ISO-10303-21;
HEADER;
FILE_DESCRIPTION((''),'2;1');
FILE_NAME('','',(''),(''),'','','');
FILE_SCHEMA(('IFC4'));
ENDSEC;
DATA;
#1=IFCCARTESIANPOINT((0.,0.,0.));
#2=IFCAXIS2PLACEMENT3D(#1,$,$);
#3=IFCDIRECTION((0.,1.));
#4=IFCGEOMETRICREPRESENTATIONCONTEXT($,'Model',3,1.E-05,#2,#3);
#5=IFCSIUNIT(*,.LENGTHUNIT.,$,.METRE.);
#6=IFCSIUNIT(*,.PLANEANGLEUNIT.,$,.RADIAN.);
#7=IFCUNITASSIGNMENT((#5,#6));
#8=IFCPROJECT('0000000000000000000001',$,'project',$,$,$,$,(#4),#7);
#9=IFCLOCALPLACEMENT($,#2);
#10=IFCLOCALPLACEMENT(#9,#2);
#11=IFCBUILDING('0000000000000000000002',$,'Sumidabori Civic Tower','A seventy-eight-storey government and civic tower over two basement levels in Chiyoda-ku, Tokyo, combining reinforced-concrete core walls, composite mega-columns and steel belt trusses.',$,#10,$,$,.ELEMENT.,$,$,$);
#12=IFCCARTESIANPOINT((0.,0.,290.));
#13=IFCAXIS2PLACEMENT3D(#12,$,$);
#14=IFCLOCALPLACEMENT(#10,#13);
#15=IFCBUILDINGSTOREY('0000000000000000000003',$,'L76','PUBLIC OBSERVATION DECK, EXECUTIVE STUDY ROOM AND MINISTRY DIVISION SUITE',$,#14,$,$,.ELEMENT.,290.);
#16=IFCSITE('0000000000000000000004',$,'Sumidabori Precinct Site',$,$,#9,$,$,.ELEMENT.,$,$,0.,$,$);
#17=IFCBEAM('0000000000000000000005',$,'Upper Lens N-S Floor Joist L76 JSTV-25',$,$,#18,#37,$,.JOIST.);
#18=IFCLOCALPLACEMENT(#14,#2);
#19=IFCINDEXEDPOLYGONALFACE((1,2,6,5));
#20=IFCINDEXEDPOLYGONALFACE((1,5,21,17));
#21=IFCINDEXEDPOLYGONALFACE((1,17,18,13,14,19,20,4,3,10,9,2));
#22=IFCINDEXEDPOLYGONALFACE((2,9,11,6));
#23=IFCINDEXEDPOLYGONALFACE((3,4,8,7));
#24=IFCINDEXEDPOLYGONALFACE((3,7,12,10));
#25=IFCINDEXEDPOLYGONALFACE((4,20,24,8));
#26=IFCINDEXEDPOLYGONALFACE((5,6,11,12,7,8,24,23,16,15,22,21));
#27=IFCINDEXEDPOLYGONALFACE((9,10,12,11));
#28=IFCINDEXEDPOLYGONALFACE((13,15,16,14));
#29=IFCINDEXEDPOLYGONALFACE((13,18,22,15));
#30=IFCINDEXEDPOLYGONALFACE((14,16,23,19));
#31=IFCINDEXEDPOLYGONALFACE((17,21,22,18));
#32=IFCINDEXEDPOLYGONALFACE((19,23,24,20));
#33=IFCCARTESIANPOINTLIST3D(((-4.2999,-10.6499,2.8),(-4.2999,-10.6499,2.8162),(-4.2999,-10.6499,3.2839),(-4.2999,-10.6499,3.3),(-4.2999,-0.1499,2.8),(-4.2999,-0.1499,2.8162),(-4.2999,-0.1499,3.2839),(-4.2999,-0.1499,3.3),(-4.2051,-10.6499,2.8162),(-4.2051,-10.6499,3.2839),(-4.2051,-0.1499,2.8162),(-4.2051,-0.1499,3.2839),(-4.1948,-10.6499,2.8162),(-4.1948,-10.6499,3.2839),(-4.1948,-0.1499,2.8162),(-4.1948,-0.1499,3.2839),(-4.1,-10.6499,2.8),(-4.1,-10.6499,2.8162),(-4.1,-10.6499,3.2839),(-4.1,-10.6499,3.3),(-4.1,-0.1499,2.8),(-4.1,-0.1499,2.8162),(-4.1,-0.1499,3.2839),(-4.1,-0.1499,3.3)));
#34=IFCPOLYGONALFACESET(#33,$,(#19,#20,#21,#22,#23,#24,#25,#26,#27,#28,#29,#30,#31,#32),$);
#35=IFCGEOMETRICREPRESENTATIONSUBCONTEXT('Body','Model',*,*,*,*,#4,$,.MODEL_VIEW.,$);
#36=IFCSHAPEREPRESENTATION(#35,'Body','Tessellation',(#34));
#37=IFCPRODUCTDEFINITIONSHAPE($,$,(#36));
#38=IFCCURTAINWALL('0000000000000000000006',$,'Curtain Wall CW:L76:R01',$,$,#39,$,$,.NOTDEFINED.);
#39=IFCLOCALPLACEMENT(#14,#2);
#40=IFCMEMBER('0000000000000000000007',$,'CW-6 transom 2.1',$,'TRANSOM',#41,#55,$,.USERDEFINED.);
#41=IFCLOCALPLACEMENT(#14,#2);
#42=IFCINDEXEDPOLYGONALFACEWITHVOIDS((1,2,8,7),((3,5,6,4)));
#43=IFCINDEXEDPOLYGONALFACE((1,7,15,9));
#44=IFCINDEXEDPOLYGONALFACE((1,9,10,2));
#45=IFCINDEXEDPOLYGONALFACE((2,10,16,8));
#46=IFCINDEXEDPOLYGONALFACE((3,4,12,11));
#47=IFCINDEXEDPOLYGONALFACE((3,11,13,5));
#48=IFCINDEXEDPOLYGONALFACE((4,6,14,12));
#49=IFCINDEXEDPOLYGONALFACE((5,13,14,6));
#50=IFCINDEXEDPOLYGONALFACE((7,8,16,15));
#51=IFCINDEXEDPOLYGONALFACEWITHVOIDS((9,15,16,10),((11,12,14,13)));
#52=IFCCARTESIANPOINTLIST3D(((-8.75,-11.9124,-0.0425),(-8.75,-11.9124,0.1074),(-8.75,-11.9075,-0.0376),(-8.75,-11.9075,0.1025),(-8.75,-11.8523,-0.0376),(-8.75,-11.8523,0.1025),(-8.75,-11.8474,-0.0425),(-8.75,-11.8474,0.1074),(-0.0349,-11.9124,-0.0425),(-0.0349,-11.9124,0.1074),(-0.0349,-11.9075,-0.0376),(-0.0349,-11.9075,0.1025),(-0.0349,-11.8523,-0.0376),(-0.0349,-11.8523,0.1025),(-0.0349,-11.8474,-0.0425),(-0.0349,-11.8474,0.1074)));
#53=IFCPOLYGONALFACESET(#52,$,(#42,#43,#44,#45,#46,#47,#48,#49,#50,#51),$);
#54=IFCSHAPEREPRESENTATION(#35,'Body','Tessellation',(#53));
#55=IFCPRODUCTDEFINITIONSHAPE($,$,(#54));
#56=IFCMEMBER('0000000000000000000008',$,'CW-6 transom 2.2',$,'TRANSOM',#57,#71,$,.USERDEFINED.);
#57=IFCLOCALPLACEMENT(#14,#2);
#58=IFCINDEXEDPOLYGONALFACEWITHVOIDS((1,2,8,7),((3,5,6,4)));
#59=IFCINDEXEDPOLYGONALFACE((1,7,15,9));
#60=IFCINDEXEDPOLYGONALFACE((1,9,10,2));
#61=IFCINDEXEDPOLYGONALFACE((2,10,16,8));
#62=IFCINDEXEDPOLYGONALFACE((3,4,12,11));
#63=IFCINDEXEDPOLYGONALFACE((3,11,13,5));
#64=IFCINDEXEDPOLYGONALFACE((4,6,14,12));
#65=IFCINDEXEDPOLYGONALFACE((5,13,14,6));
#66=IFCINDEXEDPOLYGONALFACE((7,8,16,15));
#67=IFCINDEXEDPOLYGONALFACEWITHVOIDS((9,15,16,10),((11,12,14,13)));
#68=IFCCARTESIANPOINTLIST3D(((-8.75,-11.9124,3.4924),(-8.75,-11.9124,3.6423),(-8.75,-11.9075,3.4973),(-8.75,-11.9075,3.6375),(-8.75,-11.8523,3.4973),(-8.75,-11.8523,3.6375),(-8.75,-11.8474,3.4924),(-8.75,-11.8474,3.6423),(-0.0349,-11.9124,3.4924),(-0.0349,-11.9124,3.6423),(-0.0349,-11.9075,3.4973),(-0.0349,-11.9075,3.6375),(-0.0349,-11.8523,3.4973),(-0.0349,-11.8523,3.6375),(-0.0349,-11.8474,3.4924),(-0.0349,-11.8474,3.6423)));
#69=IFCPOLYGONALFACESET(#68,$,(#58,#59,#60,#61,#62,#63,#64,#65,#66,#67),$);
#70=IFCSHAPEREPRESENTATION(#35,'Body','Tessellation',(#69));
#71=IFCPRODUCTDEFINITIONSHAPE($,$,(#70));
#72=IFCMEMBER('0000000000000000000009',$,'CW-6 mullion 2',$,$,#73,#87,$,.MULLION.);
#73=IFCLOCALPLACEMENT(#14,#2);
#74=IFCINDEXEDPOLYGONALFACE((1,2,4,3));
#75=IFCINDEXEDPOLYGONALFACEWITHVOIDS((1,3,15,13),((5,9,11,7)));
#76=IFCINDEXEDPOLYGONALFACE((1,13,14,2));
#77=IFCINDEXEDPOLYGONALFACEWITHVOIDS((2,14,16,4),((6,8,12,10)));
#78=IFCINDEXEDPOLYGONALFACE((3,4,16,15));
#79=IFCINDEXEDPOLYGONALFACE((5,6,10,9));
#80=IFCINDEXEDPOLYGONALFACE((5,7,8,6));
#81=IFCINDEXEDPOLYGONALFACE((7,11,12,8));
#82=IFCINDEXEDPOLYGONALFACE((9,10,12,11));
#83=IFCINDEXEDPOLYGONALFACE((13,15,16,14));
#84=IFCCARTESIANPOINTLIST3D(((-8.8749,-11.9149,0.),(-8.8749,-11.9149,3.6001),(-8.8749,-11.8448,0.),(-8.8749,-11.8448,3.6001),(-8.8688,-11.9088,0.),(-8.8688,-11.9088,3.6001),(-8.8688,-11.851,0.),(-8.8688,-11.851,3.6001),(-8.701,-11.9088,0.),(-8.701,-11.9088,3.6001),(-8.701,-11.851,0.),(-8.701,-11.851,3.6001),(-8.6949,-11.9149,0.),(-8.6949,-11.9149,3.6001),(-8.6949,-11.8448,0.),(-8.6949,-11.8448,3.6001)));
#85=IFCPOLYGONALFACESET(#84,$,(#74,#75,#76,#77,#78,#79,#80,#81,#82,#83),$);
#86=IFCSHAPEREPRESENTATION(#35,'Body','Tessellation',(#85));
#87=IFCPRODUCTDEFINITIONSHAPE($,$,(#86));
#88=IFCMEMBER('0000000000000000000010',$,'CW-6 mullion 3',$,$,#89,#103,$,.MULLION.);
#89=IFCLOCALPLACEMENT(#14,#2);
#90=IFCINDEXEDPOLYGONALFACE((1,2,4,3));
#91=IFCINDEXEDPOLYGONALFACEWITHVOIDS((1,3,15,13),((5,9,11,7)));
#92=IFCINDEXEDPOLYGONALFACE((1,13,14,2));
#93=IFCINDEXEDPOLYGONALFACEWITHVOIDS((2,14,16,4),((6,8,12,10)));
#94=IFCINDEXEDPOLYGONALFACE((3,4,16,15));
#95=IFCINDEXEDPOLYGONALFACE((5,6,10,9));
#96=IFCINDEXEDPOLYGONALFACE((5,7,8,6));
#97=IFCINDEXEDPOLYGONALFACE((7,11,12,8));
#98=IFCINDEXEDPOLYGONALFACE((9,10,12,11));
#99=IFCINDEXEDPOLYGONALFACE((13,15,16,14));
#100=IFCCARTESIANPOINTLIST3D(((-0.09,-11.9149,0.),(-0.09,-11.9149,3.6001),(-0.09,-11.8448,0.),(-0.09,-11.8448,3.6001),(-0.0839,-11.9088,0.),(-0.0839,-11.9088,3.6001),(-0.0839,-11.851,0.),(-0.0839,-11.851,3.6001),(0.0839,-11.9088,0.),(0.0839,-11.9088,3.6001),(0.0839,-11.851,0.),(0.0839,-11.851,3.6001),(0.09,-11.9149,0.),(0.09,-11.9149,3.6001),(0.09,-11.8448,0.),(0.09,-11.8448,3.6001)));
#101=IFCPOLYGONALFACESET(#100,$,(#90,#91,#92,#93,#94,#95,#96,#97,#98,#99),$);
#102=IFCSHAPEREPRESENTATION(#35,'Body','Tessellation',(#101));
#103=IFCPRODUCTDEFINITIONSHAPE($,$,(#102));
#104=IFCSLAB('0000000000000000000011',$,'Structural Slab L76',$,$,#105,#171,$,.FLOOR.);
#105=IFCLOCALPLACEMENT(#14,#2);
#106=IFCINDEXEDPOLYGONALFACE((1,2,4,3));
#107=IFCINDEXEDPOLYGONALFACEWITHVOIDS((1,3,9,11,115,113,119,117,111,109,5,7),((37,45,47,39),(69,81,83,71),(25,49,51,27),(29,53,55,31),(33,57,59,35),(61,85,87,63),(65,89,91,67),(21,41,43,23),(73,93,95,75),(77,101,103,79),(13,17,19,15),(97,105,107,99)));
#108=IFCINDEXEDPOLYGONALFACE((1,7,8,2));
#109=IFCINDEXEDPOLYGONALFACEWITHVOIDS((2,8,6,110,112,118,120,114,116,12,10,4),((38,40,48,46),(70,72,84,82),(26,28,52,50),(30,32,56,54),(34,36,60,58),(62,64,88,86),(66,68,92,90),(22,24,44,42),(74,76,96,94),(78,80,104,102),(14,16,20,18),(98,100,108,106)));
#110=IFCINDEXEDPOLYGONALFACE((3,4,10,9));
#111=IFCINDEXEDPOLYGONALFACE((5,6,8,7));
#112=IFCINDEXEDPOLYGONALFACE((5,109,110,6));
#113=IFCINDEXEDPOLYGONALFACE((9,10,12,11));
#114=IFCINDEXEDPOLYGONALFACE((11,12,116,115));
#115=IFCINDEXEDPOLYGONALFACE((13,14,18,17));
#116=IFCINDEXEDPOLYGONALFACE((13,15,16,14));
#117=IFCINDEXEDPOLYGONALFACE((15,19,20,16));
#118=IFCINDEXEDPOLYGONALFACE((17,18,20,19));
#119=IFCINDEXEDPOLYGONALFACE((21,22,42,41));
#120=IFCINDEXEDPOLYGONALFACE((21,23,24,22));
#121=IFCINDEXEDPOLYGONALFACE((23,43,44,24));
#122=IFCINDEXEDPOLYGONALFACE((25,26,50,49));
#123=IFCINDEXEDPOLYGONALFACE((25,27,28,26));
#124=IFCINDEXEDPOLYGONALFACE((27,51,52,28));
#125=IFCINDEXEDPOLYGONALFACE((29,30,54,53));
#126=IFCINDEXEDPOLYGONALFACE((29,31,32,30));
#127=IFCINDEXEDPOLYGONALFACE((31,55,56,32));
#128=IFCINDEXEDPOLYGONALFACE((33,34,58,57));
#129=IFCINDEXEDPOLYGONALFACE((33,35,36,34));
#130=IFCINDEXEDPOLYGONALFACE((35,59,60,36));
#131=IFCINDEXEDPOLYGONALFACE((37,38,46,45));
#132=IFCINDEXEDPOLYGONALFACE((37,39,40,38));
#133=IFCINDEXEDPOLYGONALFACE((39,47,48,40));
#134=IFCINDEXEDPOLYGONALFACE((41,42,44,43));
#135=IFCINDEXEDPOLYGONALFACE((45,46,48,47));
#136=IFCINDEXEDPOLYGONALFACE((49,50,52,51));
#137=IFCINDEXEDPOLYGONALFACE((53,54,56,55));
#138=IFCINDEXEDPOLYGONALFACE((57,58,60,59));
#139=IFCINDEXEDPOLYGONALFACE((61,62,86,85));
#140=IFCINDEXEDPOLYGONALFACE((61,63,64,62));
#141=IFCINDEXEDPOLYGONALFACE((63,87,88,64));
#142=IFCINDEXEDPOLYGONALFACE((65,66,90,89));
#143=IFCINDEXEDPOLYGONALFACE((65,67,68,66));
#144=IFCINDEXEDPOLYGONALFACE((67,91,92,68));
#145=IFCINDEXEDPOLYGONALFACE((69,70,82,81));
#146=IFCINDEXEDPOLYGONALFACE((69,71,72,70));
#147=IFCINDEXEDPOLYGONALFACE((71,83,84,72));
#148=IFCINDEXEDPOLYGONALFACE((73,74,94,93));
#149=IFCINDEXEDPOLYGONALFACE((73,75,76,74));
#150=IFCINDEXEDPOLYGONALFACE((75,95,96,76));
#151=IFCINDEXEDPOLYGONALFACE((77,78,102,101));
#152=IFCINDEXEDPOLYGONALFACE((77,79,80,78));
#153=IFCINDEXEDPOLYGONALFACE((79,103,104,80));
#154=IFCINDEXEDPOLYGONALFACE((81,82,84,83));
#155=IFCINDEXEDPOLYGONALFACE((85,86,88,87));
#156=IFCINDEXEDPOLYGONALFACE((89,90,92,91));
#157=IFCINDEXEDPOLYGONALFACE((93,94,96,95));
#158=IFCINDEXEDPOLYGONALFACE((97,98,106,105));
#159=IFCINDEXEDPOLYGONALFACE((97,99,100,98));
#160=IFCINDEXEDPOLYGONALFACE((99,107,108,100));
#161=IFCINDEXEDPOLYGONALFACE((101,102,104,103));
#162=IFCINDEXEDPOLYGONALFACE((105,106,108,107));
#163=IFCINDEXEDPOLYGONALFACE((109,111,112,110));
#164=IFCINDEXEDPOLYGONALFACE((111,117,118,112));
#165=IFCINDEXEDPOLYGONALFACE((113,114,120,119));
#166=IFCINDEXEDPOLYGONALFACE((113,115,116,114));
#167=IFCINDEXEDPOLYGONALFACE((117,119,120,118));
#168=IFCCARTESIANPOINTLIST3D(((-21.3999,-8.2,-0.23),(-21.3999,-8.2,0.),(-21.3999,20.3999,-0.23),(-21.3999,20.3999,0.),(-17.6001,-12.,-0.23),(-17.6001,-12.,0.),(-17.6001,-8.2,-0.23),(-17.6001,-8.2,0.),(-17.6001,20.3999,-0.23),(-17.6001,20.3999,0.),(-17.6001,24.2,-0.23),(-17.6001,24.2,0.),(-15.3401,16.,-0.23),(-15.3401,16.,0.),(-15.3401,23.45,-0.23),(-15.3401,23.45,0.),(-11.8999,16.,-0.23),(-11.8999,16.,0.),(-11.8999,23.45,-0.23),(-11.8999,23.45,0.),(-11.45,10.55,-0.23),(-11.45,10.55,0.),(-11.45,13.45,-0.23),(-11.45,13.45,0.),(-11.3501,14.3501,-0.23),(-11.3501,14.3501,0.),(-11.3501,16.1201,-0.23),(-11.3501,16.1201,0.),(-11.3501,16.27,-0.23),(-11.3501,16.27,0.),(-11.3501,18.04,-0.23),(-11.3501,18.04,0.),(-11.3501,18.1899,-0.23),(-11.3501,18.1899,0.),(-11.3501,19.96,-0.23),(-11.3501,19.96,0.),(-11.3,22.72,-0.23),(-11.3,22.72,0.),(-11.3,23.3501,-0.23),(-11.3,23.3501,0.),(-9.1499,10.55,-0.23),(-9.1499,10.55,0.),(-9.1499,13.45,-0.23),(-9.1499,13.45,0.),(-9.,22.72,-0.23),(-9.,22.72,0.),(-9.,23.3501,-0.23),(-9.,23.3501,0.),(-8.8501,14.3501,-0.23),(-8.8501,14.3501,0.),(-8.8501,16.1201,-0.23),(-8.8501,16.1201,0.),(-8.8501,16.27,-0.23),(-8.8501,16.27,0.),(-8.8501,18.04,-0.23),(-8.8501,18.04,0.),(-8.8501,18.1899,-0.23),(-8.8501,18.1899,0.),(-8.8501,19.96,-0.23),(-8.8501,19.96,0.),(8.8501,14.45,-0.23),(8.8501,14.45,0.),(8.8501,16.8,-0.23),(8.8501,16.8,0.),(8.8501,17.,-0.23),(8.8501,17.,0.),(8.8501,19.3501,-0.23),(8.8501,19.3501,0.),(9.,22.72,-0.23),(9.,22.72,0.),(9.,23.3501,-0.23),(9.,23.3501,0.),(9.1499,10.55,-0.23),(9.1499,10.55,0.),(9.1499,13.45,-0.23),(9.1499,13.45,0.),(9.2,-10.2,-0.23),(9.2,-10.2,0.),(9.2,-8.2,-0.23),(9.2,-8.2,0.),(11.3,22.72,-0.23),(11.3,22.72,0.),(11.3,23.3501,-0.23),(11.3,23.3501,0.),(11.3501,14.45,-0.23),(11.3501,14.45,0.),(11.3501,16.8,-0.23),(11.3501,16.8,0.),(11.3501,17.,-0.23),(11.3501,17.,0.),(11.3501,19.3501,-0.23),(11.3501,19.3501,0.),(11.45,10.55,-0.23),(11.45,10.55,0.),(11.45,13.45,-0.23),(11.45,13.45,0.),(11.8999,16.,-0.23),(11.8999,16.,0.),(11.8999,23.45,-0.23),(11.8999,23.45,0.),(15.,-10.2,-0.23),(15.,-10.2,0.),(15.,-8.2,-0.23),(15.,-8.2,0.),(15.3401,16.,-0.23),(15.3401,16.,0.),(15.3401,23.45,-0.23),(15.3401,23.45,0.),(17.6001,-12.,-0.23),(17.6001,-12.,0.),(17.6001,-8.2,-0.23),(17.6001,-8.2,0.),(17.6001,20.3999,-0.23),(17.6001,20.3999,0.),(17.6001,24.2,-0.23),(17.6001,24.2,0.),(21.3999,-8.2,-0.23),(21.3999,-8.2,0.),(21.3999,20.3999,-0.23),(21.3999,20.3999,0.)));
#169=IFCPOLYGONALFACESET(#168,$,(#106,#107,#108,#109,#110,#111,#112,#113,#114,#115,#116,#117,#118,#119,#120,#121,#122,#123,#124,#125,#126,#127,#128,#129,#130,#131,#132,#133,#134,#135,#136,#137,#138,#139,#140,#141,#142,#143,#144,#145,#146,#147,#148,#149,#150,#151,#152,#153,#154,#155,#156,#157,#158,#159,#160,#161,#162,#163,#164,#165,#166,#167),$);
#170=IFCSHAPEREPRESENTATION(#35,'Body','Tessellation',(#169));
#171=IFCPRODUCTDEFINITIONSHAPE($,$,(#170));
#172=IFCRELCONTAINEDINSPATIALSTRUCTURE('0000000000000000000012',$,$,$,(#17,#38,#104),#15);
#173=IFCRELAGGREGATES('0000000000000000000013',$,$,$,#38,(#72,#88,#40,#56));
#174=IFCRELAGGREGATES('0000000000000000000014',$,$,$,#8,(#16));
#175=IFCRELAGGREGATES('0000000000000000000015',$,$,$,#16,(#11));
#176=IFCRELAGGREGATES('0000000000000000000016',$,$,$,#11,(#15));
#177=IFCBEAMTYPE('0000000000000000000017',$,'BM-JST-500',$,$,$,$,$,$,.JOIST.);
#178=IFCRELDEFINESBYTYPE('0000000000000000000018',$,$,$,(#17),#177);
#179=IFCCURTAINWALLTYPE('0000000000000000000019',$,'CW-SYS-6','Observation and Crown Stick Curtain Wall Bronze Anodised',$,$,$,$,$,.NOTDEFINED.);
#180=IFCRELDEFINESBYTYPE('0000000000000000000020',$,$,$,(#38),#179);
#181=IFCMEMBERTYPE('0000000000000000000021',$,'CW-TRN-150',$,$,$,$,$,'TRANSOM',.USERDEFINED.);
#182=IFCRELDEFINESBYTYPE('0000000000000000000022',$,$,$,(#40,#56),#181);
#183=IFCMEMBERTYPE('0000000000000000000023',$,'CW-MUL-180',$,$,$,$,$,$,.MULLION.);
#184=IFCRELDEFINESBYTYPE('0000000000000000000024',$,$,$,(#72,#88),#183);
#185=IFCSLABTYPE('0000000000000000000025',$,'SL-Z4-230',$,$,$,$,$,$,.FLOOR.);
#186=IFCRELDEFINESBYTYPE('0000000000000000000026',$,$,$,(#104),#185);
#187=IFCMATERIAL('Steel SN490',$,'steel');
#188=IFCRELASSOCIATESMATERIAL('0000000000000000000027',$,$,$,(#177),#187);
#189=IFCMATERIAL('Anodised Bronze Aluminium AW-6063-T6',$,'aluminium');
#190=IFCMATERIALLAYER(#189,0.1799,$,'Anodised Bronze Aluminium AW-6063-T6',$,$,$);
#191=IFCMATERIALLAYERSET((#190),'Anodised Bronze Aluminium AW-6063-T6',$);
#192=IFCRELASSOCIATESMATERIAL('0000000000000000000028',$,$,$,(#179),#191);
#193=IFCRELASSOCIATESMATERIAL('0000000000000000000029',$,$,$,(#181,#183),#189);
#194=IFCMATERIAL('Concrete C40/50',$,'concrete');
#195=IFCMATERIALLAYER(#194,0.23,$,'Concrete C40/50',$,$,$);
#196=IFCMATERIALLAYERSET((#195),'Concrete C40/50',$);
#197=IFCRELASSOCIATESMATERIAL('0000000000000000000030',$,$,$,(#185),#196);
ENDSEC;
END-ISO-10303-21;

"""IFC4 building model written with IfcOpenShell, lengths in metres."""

from ifc_helpers import new_model, si_unit, direction, frame, origin, origin_2d, place, context, subcontext, project, spatial, polyline, hollow_rectangle, i_section, outline, extrude, source, transform, mapped, material, layer, layer_set, material_profile, profile_set, type_object, element, aggregate, save


model = new_model("IFC4")

# Units and contexts
model_context = context("Model", 3, precision=1e-05, world=origin(), true_north=direction((0.0, 1.0)))
body_context = subcontext(model_context, "Body", "Model", "MODEL_VIEW")
ifc_project = project(units=[si_unit("LENGTHUNIT", "METRE"), si_unit("PLANEANGLEUNIT", "RADIAN")], contexts=[model_context])

# Site, building, storey
site_placement = place(None, origin())
site = spatial("IfcSite", under=ifc_project, at=site_placement, Name="Sumidabori Precinct Site", CompositionType="ELEMENT", RefElevation=0.0)
building_placement = place(site_placement, origin())
building = spatial("IfcBuilding", under=site, at=building_placement, Name="Sumidabori Civic Tower", Description="A seventy-eight-storey government and civic tower over two basement levels in Chiyoda-ku, Tokyo, combining reinforced-concrete core walls, composite mega-columns and steel belt trusses.", CompositionType="ELEMENT")
storey_placement = place(building_placement, frame((0.0, 0.0, 290.0)))
storey = spatial("IfcBuildingStorey", under=building, at=storey_placement, Name="L76", Description="PUBLIC OBSERVATION DECK, EXECUTIVE STUDY ROOM AND MINISTRY DIVISION SUITE", CompositionType="ELEMENT", Elevation=290.0)

# Shared definitions
ifc_material_1 = material(Name="Steel SN490", Category="steel")

# Beam
ifc_material_profile_1 = material_profile(ifc_material_1, i_section(OverallWidth=0.2, OverallDepth=0.5, WebThickness=0.0103, FlangeThickness=0.0161, at=origin_2d()), Name="IPE 500")
ifc_profile_set_1 = profile_set([ifc_material_profile_1], Name="Steel SN490")
beam_type_1 = type_object("IfcBeamType", Name="BM-JST-500", PredefinedType="JOIST", material=ifc_profile_set_1)
shared_shape_1 = source(origin(), body_context, "Body", "SweptSolid", [
    extrude(i_section(OverallWidth=0.2, OverallDepth=0.5, WebThickness=0.0103, FlangeThickness=0.0161, at=origin_2d()), origin(), (0.0, 0.0, 1.0), 10.5),
])
for number, where, z_axis, x_axis, name in (
    (1, (-4.2, -10.6499, 3.05), (0.0, 1.0, 0.0), (-1.0, 0.0, 0.0), "Upper Lens N-S Floor Joist L76 JSTV-25"),
):
    element("IfcBeam", number, at=place(storey_placement, frame(where, z_axis=z_axis, x_axis=x_axis)), inside=storey, type_object=beam_type_1, Name=name, PredefinedType="JOIST", context=body_context, shape_type="MappedRepresentation", body=[
        mapped(shared_shape_1, transform((0.0, 0.0, 0.0), x_axis=(1.0, 0.0, 0.0), y_axis=(0.0, 1.0, 0.0), z_axis=(0.0, 0.0, 1.0), scale=1.0)),
    ])

# Curtain wall, members
ifc_material_2 = material(Name="Anodised Bronze Aluminium AW-6063-T6", Category="aluminium")
ifc_layer_1 = layer(ifc_material_2, 0.1799, Name="Anodised Bronze Aluminium AW-6063-T6")
ifc_layer_set_1 = layer_set([ifc_layer_1], Name="Anodised Bronze Aluminium AW-6063-T6")
curtain_wall_type = type_object("IfcCurtainWallType", Name="CW-SYS-6", Description="Observation and Crown Stick Curtain Wall Bronze Anodised", PredefinedType="NOTDEFINED", material=ifc_layer_set_1)
curtain_wall_placement = place(storey_placement, origin())
curtain_wall = element("IfcCurtainWall", 2, at=curtain_wall_placement, inside=storey, type_object=curtain_wall_type, Name="Curtain Wall CW:L76:R01", PredefinedType="NOTDEFINED")
ifc_material_profile_2 = material_profile(ifc_material_2, hollow_rectangle(XDim=0.0649, YDim=0.1499, WallThickness=0.0049, at=origin_2d()), Name="ALU TRANSOM 150x65")
ifc_profile_set_2 = profile_set([ifc_material_profile_2], Name="Anodised Bronze Aluminium AW-6063-T6")
member_type_1 = type_object("IfcMemberType", Name="CW-TRN-150", ElementType="TRANSOM", PredefinedType="USERDEFINED", material=ifc_profile_set_2)
shared_shape_2 = source(origin(), body_context, "Body", "SweptSolid", [
    extrude(hollow_rectangle(XDim=0.0649, YDim=0.1499, WallThickness=0.0049, at=origin_2d()), origin(), (0.0, 0.0, 1.0), 8.7151),
])
member_1_placement = place(storey_placement, frame((-8.75, -11.8799, 0.0325), z_axis=(1.0, 0.0, 0.0), x_axis=(0.0, 1.0, 0.0)))
member_1 = element("IfcMember", 3, at=member_1_placement, type_object=member_type_1, Name="CW-6 transom 2.1", ObjectType="TRANSOM", PredefinedType="USERDEFINED", context=body_context, shape_type="MappedRepresentation", body=[
    mapped(shared_shape_2, transform((0.0, 0.0, 0.0), x_axis=(1.0, 0.0, 0.0), y_axis=(0.0, 1.0, 0.0), z_axis=(0.0, 0.0, 1.0), scale=1.0)),
])
member_2_placement = place(storey_placement, frame((-8.75, -11.8799, 3.5674), z_axis=(1.0, 0.0, 0.0), x_axis=(0.0, 1.0, 0.0)))
member_2 = element("IfcMember", 4, at=member_2_placement, type_object=member_type_1, Name="CW-6 transom 2.2", ObjectType="TRANSOM", PredefinedType="USERDEFINED", context=body_context, shape_type="MappedRepresentation", body=[
    mapped(shared_shape_2, transform((0.0, 0.0, 0.0), x_axis=(1.0, 0.0, 0.0), y_axis=(0.0, 1.0, 0.0), z_axis=(0.0, 0.0, 1.0), scale=1.0)),
])
ifc_material_profile_3 = material_profile(ifc_material_2, hollow_rectangle(XDim=0.0701, YDim=0.1799, WallThickness=0.0061, at=origin_2d()), Name="ALU MULLION 180x70")
ifc_profile_set_3 = profile_set([ifc_material_profile_3], Name="Anodised Bronze Aluminium AW-6063-T6")
member_type_2 = type_object("IfcMemberType", Name="CW-MUL-180", PredefinedType="MULLION", material=ifc_profile_set_3)
shared_shape_3 = source(origin(), body_context, "Body", "SweptSolid", [
    extrude(hollow_rectangle(XDim=0.0701, YDim=0.1799, WallThickness=0.0061, at=origin_2d()), origin(), (0.0, 0.0, 1.0), 3.6001),
])
member_3_placement = place(storey_placement, frame((-8.7849, -11.8799, 0.0), z_axis=(0.0, 0.0, 1.0), x_axis=(0.0, 1.0, 0.0)))
member_3 = element("IfcMember", 5, at=member_3_placement, type_object=member_type_2, Name="CW-6 mullion 2", PredefinedType="MULLION", context=body_context, shape_type="MappedRepresentation", body=[
    mapped(shared_shape_3, transform((0.0, 0.0, 0.0), x_axis=(1.0, 0.0, 0.0), y_axis=(0.0, 1.0, 0.0), z_axis=(0.0, 0.0, 1.0), scale=1.0)),
])
member_4_placement = place(storey_placement, frame((0.0, -11.8799, 0.0), z_axis=(0.0, 0.0, 1.0), x_axis=(0.0, 1.0, 0.0)))
member_4 = element("IfcMember", 6, at=member_4_placement, type_object=member_type_2, Name="CW-6 mullion 3", PredefinedType="MULLION", context=body_context, shape_type="MappedRepresentation", body=[
    mapped(shared_shape_3, transform((0.0, 0.0, 0.0), x_axis=(1.0, 0.0, 0.0), y_axis=(0.0, 1.0, 0.0), z_axis=(0.0, 0.0, 1.0), scale=1.0)),
])

# Slab
ifc_material_3 = material(Name="Concrete C40/50", Category="concrete")
ifc_layer_2 = layer(ifc_material_3, 0.23, Name="Concrete C40/50")
ifc_layer_set_2 = layer_set([ifc_layer_2], Name="Concrete C40/50")
slab_type = type_object("IfcSlabType", Name="SL-Z4-230", PredefinedType="FLOOR", material=ifc_layer_set_2)
slab_placement = place(storey_placement, frame((0.0, 0.0, -0.23)))
element("IfcSlab", 7, at=slab_placement, inside=storey, type_object=slab_type, Name="Structural Slab L76", PredefinedType="FLOOR", context=body_context, shape_type="SweptSolid", body=[
    extrude(outline(polyline([(-17.6001, -12.0), (17.6001, -12.0), (17.6001, -8.2), (21.3999, -8.2), (21.3999, 20.3999), (17.6001, 20.3999), (17.6001, 24.2), (-17.6001, 24.2), (-17.6001, 20.3999), (-21.3999, 20.3999), (-21.3999, -8.2), (-17.6001, -8.2), (-17.6001, -12.0)]), holes=[polyline([(-11.8999, 16.0), (-11.8999, 23.45), (-15.3401, 23.45), (-15.3401, 16.0), (-11.8999, 16.0)]), polyline([(15.3401, 16.0), (15.3401, 23.45), (11.8999, 23.45), (11.8999, 16.0), (15.3401, 16.0)]), polyline([(-11.45, 10.55), (-9.1499, 10.55), (-9.1499, 13.45), (-11.45, 13.45), (-11.45, 10.55)]), polyline([(9.1499, 10.55), (11.45, 10.55), (11.45, 13.45), (9.1499, 13.45), (9.1499, 10.55)]), polyline([(-11.3501, 14.3501), (-8.8501, 14.3501), (-8.8501, 16.1201), (-11.3501, 16.1201), (-11.3501, 14.3501)]), polyline([(-11.3501, 16.27), (-8.8501, 16.27), (-8.8501, 18.04), (-11.3501, 18.04), (-11.3501, 16.27)]), polyline([(-11.3501, 18.1899), (-8.8501, 18.1899), (-8.8501, 19.96), (-11.3501, 19.96), (-11.3501, 18.1899)]), polyline([(8.8501, 14.45), (11.3501, 14.45), (11.3501, 16.8), (8.8501, 16.8), (8.8501, 14.45)]), polyline([(8.8501, 17.0), (11.3501, 17.0), (11.3501, 19.3501), (8.8501, 19.3501), (8.8501, 17.0)]), polyline([(-11.3, 22.72), (-9.0, 22.72), (-9.0, 23.3501), (-11.3, 23.3501), (-11.3, 22.72)]), polyline([(9.0, 22.72), (11.3, 22.72), (11.3, 23.3501), (9.0, 23.3501), (9.0, 22.72)]), polyline([(9.2, -10.2), (15.0, -10.2), (15.0, -8.2), (9.2, -8.2), (9.2, -10.2)])]), origin(), (0.0, 0.0, 1.0), 0.23),
])

aggregate(curtain_wall, [member_3, member_4, member_1, member_2])

save(model, "model.ifc")
